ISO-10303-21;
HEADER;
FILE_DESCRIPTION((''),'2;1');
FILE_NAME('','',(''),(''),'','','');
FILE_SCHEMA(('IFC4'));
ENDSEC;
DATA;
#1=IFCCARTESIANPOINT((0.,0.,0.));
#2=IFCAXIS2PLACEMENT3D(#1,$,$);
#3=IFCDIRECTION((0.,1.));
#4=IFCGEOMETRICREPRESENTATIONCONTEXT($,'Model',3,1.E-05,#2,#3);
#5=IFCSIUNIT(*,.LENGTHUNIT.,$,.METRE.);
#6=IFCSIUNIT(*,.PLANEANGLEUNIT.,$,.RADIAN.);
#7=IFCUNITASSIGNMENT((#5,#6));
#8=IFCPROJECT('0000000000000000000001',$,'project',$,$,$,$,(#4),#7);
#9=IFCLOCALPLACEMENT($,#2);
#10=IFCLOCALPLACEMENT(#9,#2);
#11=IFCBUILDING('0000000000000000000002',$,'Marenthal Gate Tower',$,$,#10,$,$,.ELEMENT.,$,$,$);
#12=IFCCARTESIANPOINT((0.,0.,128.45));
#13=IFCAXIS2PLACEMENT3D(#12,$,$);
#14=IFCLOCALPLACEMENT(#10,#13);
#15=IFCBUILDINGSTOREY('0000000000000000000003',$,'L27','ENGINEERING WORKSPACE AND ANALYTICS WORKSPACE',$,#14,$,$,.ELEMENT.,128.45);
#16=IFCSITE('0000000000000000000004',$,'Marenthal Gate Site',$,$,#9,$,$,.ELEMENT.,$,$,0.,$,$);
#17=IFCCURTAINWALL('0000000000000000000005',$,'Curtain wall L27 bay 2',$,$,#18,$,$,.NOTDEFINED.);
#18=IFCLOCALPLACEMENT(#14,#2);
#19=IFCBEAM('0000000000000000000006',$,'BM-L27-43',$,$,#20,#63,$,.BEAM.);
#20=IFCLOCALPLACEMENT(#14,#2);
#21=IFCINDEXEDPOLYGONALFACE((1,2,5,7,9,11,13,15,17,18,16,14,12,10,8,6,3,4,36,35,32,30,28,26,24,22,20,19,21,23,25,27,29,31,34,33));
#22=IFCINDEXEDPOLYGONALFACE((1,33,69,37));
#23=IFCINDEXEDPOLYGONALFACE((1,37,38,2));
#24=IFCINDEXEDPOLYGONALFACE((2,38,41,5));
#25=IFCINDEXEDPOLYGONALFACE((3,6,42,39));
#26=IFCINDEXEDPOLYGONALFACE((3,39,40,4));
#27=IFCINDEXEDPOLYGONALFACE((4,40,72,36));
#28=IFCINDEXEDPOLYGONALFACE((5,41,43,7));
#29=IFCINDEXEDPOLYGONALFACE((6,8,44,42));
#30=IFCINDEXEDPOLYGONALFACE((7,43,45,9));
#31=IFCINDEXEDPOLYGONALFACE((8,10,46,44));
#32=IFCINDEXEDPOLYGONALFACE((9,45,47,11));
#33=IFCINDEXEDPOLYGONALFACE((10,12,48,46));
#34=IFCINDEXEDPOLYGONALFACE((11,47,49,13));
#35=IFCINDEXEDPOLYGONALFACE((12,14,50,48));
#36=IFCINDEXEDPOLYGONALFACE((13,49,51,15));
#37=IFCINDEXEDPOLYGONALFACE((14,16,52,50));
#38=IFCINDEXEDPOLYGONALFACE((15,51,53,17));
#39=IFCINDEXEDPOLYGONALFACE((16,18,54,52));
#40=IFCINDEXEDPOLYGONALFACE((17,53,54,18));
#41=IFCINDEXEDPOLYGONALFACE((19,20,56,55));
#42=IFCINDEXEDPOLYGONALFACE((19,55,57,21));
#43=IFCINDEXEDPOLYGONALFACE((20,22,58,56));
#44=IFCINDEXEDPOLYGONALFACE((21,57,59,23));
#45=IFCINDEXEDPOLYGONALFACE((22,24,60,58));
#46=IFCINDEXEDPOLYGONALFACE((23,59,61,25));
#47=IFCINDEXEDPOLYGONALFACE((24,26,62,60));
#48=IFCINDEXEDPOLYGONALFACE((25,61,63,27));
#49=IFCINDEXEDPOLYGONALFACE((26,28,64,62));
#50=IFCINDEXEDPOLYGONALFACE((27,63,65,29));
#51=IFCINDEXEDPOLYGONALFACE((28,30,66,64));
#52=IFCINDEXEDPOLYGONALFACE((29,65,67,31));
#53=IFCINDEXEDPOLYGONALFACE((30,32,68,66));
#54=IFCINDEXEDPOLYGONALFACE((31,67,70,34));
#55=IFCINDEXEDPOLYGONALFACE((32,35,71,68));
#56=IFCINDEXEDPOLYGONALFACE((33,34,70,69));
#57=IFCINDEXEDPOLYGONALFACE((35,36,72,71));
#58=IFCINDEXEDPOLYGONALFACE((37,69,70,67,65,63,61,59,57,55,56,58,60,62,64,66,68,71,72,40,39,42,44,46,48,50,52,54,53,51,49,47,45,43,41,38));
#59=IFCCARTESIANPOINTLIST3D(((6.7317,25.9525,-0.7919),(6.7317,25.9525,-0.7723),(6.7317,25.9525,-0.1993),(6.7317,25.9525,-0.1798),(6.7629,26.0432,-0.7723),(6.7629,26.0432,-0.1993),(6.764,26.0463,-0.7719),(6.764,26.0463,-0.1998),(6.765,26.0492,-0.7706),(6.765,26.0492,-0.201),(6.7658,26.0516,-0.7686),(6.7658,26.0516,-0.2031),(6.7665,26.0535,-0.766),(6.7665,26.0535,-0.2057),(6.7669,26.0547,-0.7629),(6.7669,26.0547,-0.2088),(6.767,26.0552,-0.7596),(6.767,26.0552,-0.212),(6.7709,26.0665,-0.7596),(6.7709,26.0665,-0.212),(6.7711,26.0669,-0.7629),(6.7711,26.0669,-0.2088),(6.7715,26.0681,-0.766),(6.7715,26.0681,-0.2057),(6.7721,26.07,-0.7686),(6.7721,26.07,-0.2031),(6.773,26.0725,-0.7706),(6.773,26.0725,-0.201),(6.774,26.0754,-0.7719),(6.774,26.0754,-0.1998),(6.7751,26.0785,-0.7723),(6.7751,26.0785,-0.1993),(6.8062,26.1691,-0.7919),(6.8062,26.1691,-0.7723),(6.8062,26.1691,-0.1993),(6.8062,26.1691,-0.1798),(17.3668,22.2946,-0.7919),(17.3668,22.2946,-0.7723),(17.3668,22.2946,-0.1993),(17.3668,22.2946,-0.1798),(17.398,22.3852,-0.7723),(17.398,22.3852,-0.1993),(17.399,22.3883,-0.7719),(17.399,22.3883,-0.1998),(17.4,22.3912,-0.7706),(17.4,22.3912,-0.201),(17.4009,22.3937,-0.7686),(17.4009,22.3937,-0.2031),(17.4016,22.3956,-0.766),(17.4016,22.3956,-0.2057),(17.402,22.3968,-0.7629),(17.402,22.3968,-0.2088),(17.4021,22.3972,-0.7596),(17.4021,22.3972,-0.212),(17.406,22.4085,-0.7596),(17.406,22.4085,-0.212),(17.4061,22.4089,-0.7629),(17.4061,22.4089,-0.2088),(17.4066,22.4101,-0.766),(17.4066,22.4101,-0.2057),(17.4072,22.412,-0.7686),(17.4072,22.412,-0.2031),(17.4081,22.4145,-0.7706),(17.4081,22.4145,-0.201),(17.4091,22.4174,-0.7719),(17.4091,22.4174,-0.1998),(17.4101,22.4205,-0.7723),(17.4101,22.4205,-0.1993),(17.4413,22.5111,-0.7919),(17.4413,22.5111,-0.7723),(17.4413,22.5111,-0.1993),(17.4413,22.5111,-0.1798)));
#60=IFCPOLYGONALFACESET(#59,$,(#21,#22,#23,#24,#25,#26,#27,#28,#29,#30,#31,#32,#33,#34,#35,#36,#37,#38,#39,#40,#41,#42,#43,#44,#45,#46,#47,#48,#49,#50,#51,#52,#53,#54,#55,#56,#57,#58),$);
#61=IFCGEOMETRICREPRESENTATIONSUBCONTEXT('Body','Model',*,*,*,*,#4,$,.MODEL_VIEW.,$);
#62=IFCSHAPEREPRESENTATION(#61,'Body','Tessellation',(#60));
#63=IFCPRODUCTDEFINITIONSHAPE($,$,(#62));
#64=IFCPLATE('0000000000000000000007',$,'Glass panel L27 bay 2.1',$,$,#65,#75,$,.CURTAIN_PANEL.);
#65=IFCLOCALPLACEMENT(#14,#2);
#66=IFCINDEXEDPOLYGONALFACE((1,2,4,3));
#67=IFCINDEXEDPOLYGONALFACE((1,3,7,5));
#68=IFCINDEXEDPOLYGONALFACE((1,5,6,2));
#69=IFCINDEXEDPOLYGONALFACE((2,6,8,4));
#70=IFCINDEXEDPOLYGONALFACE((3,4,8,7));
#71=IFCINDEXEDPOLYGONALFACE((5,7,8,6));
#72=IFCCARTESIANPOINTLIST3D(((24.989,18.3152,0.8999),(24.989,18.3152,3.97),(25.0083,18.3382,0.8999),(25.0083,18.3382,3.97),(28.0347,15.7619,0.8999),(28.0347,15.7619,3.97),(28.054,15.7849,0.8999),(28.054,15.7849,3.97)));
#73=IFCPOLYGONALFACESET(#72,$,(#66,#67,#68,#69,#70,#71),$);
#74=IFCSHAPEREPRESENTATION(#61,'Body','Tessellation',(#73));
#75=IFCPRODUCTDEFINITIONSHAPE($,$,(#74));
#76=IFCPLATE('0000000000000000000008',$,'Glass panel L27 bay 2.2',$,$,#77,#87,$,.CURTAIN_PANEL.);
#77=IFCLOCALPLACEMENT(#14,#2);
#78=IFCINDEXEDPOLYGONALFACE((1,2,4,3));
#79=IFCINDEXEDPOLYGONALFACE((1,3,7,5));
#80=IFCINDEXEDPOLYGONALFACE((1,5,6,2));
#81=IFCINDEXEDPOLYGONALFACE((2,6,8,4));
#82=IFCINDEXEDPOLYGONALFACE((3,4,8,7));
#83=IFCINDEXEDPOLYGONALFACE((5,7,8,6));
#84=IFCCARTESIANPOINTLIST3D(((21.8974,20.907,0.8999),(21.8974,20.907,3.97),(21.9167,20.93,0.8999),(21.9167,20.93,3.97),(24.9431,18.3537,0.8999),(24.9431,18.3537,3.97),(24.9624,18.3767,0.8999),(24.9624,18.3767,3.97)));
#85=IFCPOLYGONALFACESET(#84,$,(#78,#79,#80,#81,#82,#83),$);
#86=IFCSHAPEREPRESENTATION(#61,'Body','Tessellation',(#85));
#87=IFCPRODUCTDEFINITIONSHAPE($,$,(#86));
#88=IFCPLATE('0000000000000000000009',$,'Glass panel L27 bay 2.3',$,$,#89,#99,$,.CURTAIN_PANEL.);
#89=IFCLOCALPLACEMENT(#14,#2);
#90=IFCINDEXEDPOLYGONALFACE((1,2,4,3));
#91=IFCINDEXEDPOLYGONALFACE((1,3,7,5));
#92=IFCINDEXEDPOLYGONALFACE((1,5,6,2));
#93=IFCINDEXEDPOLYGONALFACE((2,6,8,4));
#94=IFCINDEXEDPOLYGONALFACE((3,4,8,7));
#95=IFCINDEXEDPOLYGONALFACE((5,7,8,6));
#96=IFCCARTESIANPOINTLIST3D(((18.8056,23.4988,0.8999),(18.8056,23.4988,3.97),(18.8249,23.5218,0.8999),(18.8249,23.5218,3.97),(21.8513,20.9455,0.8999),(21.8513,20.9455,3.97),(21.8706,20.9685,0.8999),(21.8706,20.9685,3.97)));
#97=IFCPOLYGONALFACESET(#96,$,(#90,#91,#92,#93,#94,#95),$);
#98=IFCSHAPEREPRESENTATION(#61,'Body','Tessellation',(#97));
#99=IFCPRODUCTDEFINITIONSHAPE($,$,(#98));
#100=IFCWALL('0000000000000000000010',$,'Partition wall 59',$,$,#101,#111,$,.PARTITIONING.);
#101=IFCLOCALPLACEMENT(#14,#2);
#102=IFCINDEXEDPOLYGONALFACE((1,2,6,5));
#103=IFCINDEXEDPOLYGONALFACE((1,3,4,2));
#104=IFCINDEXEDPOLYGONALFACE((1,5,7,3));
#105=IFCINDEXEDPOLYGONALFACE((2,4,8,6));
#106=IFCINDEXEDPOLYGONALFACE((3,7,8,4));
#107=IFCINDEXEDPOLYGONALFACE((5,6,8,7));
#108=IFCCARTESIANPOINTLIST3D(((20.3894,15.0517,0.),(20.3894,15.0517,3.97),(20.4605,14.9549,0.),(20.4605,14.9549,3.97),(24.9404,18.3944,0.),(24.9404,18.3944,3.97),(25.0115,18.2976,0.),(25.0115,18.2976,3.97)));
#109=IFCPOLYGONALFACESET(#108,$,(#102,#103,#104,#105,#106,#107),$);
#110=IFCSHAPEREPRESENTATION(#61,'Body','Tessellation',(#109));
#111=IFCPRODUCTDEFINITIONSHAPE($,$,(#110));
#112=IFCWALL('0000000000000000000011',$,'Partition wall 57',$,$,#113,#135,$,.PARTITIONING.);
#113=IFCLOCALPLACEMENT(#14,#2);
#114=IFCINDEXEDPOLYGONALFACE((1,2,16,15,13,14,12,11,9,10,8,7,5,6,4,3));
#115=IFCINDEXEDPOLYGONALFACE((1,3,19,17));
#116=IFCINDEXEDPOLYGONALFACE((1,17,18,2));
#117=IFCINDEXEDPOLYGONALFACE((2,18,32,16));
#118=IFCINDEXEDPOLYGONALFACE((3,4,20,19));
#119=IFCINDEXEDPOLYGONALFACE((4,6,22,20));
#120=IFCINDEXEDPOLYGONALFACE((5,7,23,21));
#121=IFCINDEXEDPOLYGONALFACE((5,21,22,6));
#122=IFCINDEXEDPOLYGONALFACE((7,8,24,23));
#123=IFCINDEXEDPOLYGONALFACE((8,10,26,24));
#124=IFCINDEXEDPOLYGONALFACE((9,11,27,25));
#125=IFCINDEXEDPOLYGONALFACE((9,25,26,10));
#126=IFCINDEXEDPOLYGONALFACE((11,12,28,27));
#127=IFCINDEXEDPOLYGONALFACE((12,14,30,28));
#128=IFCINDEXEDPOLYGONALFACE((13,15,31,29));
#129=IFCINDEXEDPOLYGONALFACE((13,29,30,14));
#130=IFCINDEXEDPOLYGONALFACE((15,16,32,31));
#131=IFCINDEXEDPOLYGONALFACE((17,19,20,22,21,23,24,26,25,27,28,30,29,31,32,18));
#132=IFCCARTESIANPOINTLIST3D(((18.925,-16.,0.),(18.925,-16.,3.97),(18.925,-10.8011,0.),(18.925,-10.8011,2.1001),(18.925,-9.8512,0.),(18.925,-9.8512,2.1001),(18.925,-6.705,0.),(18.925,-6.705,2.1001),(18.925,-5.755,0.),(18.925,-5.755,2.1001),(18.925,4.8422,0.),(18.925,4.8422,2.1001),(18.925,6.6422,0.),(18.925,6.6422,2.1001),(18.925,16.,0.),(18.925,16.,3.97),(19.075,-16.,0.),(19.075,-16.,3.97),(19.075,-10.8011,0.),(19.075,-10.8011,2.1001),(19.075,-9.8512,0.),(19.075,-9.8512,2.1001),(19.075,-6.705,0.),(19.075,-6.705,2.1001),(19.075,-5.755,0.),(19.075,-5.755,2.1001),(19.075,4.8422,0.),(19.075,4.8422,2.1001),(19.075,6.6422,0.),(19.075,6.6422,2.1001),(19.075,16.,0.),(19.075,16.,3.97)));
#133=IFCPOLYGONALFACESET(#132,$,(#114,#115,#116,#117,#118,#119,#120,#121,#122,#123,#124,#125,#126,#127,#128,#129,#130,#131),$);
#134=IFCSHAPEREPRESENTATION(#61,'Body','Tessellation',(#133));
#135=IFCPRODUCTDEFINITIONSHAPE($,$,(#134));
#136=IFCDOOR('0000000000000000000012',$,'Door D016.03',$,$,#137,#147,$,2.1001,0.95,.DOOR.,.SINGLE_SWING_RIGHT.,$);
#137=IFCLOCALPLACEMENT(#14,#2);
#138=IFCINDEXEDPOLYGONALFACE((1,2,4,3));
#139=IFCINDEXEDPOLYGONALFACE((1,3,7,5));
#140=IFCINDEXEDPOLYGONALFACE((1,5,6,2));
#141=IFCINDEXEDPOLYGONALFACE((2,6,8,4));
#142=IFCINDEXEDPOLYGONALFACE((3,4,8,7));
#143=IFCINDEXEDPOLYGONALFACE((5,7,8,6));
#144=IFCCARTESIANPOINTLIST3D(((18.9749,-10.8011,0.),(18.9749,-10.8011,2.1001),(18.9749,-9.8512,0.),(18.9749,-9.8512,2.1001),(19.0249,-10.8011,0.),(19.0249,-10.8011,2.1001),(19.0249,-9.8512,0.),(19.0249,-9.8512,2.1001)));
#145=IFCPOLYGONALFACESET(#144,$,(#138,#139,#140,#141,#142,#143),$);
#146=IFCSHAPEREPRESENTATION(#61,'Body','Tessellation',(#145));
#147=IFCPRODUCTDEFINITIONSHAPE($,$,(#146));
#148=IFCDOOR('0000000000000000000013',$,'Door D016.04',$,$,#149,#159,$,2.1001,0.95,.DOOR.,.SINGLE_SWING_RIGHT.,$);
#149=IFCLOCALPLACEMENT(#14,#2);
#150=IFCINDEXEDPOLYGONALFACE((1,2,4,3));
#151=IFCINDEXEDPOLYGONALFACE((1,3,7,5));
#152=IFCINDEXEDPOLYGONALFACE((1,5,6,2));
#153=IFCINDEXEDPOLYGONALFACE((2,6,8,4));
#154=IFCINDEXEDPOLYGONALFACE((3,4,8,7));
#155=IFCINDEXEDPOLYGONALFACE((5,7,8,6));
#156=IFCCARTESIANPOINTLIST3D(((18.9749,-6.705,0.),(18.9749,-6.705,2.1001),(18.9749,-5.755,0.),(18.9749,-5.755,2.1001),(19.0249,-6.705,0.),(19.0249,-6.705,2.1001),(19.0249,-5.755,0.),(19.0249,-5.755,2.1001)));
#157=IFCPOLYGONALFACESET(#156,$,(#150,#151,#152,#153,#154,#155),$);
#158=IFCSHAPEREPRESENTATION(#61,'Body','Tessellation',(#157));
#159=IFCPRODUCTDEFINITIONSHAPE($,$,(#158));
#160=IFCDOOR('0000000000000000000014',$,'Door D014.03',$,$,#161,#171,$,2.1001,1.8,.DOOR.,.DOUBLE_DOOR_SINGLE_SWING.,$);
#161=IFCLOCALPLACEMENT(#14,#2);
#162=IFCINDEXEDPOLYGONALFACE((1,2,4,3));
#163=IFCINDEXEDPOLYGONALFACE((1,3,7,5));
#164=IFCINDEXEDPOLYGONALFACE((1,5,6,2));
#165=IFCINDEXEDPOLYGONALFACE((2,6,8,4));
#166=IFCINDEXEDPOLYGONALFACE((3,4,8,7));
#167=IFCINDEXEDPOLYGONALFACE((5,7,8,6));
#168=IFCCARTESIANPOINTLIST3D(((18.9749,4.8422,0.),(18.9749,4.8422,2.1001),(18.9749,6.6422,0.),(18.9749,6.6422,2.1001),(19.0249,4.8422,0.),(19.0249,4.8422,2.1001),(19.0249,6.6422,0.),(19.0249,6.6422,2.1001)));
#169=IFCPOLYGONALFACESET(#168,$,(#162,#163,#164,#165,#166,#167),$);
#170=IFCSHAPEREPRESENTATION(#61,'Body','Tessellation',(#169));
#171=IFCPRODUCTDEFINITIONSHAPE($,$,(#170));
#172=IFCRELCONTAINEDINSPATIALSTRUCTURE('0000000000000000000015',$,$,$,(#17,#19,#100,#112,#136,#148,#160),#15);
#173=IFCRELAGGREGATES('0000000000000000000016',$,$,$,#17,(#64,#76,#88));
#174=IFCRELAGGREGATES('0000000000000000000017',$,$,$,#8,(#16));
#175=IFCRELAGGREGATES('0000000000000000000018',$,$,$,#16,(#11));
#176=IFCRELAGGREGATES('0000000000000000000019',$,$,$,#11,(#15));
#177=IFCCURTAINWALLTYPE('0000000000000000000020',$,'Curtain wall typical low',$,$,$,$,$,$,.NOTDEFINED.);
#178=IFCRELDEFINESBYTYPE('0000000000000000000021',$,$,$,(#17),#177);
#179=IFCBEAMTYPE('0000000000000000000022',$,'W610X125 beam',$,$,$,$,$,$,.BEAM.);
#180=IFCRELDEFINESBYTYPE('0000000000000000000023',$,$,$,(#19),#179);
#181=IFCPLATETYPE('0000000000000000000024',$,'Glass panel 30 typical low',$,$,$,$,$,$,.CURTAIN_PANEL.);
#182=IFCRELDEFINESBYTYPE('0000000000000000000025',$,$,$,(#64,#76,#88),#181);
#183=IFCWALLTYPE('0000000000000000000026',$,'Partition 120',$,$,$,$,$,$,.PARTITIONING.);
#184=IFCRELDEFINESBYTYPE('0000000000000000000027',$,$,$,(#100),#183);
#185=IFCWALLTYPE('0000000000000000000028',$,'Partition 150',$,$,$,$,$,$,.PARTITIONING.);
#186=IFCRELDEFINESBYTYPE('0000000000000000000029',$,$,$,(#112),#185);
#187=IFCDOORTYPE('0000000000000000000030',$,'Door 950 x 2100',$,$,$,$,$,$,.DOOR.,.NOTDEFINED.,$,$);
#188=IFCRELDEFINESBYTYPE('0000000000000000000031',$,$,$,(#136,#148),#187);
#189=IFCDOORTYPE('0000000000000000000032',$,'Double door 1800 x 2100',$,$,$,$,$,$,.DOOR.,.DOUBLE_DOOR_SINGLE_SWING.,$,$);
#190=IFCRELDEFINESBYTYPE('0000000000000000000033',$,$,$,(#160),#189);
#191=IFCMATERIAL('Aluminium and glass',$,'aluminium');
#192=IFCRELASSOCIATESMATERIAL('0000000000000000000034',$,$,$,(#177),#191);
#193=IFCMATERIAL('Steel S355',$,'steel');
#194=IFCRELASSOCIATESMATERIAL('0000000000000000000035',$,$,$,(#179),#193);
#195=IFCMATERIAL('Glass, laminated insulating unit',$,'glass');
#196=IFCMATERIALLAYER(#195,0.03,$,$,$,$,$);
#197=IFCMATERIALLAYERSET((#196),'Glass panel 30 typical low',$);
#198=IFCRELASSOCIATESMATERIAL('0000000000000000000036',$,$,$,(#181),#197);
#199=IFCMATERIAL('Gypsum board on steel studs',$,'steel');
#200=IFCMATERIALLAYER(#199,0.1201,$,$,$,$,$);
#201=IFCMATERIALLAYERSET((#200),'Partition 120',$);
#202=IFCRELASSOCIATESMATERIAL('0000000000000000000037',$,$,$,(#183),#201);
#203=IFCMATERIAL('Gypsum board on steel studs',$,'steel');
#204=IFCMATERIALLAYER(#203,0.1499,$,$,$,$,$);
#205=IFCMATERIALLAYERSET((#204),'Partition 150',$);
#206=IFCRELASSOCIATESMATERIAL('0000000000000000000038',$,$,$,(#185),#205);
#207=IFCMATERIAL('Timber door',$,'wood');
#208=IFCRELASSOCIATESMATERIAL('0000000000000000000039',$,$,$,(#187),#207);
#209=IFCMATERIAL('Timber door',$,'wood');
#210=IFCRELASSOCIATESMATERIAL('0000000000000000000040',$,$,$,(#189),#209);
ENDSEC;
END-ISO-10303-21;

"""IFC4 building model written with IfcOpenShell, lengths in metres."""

from ifc_helpers import new_model, si_unit, direction, frame, frame_2d, origin, origin_2d, place, context, subcontext, project, spatial, rectangle, i_section, extrude, material, layer, layer_set, material_profile, profile_set, type_object, element, fill, aggregate, save


model = new_model("IFC4")

# Units and contexts
model_context = context("Model", 3, precision=1e-05, world=origin(), true_north=direction((0.0, 1.0)))
body_context = subcontext(model_context, "Body", "Model", "MODEL_VIEW")
ifc_project = project(units=[si_unit("LENGTHUNIT", "METRE"), si_unit("PLANEANGLEUNIT", "RADIAN")], contexts=[model_context])

# Site, building, storey
site_placement = place(None, origin())
site = spatial("IfcSite", under=ifc_project, at=site_placement, Name="Marenthal Gate Site", CompositionType="ELEMENT", RefElevation=0.0)
building_placement = place(site_placement, origin())
building = spatial("IfcBuilding", under=site, at=building_placement, Name="Marenthal Gate Tower", CompositionType="ELEMENT")
storey_placement = place(building_placement, frame((0.0, 0.0, 128.45)))
storey = spatial("IfcBuildingStorey", under=building, at=storey_placement, Name="L27", Description="ENGINEERING WORKSPACE AND ANALYTICS WORKSPACE", CompositionType="ELEMENT", Elevation=128.45)

# Curtain wall
ifc_material_1 = material(Name="Aluminium and glass", Category="aluminium")
curtain_wall_type = type_object("IfcCurtainWallType", Name="Curtain wall typical low", PredefinedType="NOTDEFINED", material=ifc_material_1)
curtain_wall_placement = place(storey_placement, origin())
curtain_wall = element("IfcCurtainWall", 1, at=curtain_wall_placement, inside=storey, type_object=curtain_wall_type, Name="Curtain wall L27 bay 2", PredefinedType="NOTDEFINED")

# Beam
ifc_material_2 = material(Name="Steel S355", Category="steel")
ifc_material_profile_1 = material_profile(ifc_material_2, i_section(OverallWidth=0.229, OverallDepth=0.6121, WebThickness=0.012, FlangeThickness=0.0195, FilletRadius=0.0127, at=origin_2d()), Name="W610X125")
ifc_profile_set_1 = profile_set([ifc_material_profile_1], Name="Steel S355")
beam_type_1 = type_object("IfcBeamType", Name="W610X125 beam", PredefinedType="BEAM", material=ifc_profile_set_1)
beam_1_placement = place(storey_placement, frame((17.4041, 22.4028, -0.4858), z_axis=(-0.945627, 0.325253, 0.0), x_axis=(-0.325253, -0.945627, 0.0)))
element("IfcBeam", 2, at=beam_1_placement, inside=storey, type_object=beam_type_1, Name="BM-L27-43", PredefinedType="BEAM", context=body_context, shape_type="SweptSolid", body=[
    extrude(i_section(OverallWidth=0.229, OverallDepth=0.6121, WebThickness=0.012, FlangeThickness=0.0195, FilletRadius=0.0127, at=origin_2d()), origin(), (0.0, 0.0, 1.0), 11.2466),
])

# Plates
ifc_material_3 = material(Name="Glass, laminated insulating unit", Category="glass")
ifc_layer_1 = layer(ifc_material_3, 0.03)
ifc_layer_set_1 = layer_set([ifc_layer_1], Name="Glass panel 30 typical low")
plate_type = type_object("IfcPlateType", Name="Glass panel 30 typical low", PredefinedType="CURTAIN_PANEL", material=ifc_layer_set_1)
plate_1_placement = place(storey_placement, frame((26.5215, 17.05, 0.8999), z_axis=(0.0, 0.0, 1.0), x_axis=(-0.766338, 0.642438, 0.0)))
plate_1 = element("IfcPlate", 3, at=plate_1_placement, type_object=plate_type, Name="Glass panel L27 bay 2.1", PredefinedType="CURTAIN_PANEL", context=body_context, shape_type="SweptSolid", body=[
    extrude(rectangle(XDim=3.9744, YDim=0.03, at=origin_2d()), origin(), (0.0, 0.0, 1.0), 3.0701),
])
plate_2_placement = place(storey_placement, frame((23.4299, 19.6418, 0.8999), z_axis=(0.0, 0.0, 1.0), x_axis=(-0.766338, 0.642438, 0.0)))
plate_2 = element("IfcPlate", 4, at=plate_2_placement, type_object=plate_type, Name="Glass panel L27 bay 2.2", PredefinedType="CURTAIN_PANEL", context=body_context, shape_type="SweptSolid", body=[
    extrude(rectangle(XDim=3.9744, YDim=0.03, at=origin_2d()), origin(), (0.0, 0.0, 1.0), 3.0701),
])
plate_3_placement = place(storey_placement, frame((20.3381, 22.2336, 0.8999), z_axis=(0.0, 0.0, 1.0), x_axis=(-0.766338, 0.642438, 0.0)))
plate_3 = element("IfcPlate", 5, at=plate_3_placement, type_object=plate_type, Name="Glass panel L27 bay 2.3", PredefinedType="CURTAIN_PANEL", context=body_context, shape_type="SweptSolid", body=[
    extrude(rectangle(XDim=3.9744, YDim=0.03, at=origin_2d()), origin(), (0.0, 0.0, 1.0), 3.0701),
])
aggregate(curtain_wall, [plate_1, plate_2, plate_3])

# Wall
ifc_material_4 = material(Name="Gypsum board on steel studs", Category="steel")
ifc_layer_2 = layer(ifc_material_4, 0.1201)
ifc_layer_set_2 = layer_set([ifc_layer_2], Name="Partition 120")
wall_type_1 = type_object("IfcWallType", Name="Partition 120", PredefinedType="PARTITIONING", material=ifc_layer_set_2)
wall_1_placement = place(storey_placement, frame((24.9758, 18.3459, 0.0), z_axis=(0.0, 0.0, 1.0), x_axis=(-0.805953, -0.59198, 0.0)))
element("IfcWall", 6, at=wall_1_placement, inside=storey, type_object=wall_type_1, Name="Partition wall 59", PredefinedType="PARTITIONING", context=body_context, shape_type="SweptSolid", body=[
    extrude(rectangle(XDim=5.6467, YDim=0.1201, at=frame_2d((2.8232, 0.0))), origin(), (0.0, 0.0, 1.0), 3.97),
])

# Wall, openings, doors
ifc_material_5 = material(Name="Gypsum board on steel studs", Category="steel")
ifc_layer_3 = layer(ifc_material_5, 0.1499)
ifc_layer_set_3 = layer_set([ifc_layer_3], Name="Partition 150")
wall_type_2 = type_object("IfcWallType", Name="Partition 150", PredefinedType="PARTITIONING", material=ifc_layer_set_3)
wall_2_placement = place(storey_placement, frame((19.0, 16.0, 0.0), z_axis=(0.0, 0.0, 1.0), x_axis=(0.0, -1.0, 0.0)))
wall_2 = element("IfcWall", 7, at=wall_2_placement, inside=storey, type_object=wall_type_2, Name="Partition wall 57", PredefinedType="PARTITIONING", context=body_context, shape_type="SweptSolid", body=[
    extrude(rectangle(XDim=32.0, YDim=0.1499, at=frame_2d((16.0, 0.0))), origin(), (0.0, 0.0, 1.0), 3.97),
])
opening_1_placement = place(wall_2_placement, frame((25.8511, 0.0, 0.0)))
opening_1 = element("IfcOpeningElement", 8, at=opening_1_placement, cuts=wall_2, PredefinedType="OPENING", context=body_context, shape_type="SweptSolid", body=[
    extrude(rectangle(XDim=0.95, YDim=2.1001, at=frame_2d((0.4751, 1.05))), frame((0.0, 0.085, 0.0), z_axis=(0.0, -1.0, 0.0), x_axis=(1.0, 0.0, 0.0)), (0.0, 0.0, 1.0), 0.1699),
])
opening_2_placement = place(wall_2_placement, frame((21.7549, 0.0, 0.0)))
opening_2 = element("IfcOpeningElement", 9, at=opening_2_placement, cuts=wall_2, PredefinedType="OPENING", context=body_context, shape_type="SweptSolid", body=[
    extrude(rectangle(XDim=0.95, YDim=2.1001, at=frame_2d((0.4751, 1.05))), frame((0.0, 0.085, 0.0), z_axis=(0.0, -1.0, 0.0), x_axis=(1.0, 0.0, 0.0)), (0.0, 0.0, 1.0), 0.1699),
])
opening_3_placement = place(wall_2_placement, frame((9.3579, 0.0, 0.0)))
opening_3 = element("IfcOpeningElement", 10, at=opening_3_placement, cuts=wall_2, PredefinedType="OPENING", context=body_context, shape_type="SweptSolid", body=[
    extrude(rectangle(XDim=1.8, YDim=2.1001, at=frame_2d((0.8999, 1.05))), frame((0.0, 0.085, 0.0), z_axis=(0.0, -1.0, 0.0), x_axis=(1.0, 0.0, 0.0)), (0.0, 0.0, 1.0), 0.1699),
])
ifc_material_6 = material(Name="Timber door", Category="wood")
door_type_1 = type_object("IfcDoorType", Name="Door 950 x 2100", OperationType="NOTDEFINED", PredefinedType="DOOR", material=ifc_material_6)
door_1_placement = place(opening_1_placement, origin())
door_1 = element("IfcDoor", 11, at=door_1_placement, inside=storey, type_object=door_type_1, Name="Door D016.03", OperationType="SINGLE_SWING_RIGHT", OverallHeight=2.1001, OverallWidth=0.95, PredefinedType="DOOR", context=body_context, shape_type="SweptSolid", body=[
    extrude(rectangle(XDim=0.95, YDim=2.1001, at=frame_2d((0.4751, 1.05))), frame((0.0, 0.0249, 0.0), z_axis=(0.0, -1.0, 0.0), x_axis=(1.0, 0.0, 0.0)), (0.0, 0.0, 1.0), 0.05),
])
fill(opening_1, door_1)
door_2_placement = place(opening_2_placement, origin())
door_2 = element("IfcDoor", 12, at=door_2_placement, inside=storey, type_object=door_type_1, Name="Door D016.04", OperationType="SINGLE_SWING_RIGHT", OverallHeight=2.1001, OverallWidth=0.95, PredefinedType="DOOR", context=body_context, shape_type="SweptSolid", body=[
    extrude(rectangle(XDim=0.95, YDim=2.1001, at=frame_2d((0.4751, 1.05))), frame((0.0, 0.0249, 0.0), z_axis=(0.0, -1.0, 0.0), x_axis=(1.0, 0.0, 0.0)), (0.0, 0.0, 1.0), 0.05),
])
fill(opening_2, door_2)
ifc_material_7 = material(Name="Timber door", Category="wood")
door_type_2 = type_object("IfcDoorType", Name="Double door 1800 x 2100", OperationType="DOUBLE_DOOR_SINGLE_SWING", PredefinedType="DOOR", material=ifc_material_7)
door_3_placement = place(opening_3_placement, origin())
door_3 = element("IfcDoor", 13, at=door_3_placement, inside=storey, type_object=door_type_2, Name="Door D014.03", OperationType="DOUBLE_DOOR_SINGLE_SWING", OverallHeight=2.1001, OverallWidth=1.8, PredefinedType="DOOR", context=body_context, shape_type="SweptSolid", body=[
    extrude(rectangle(XDim=1.8, YDim=2.1001, at=frame_2d((0.8999, 1.05))), frame((0.0, 0.0249, 0.0), z_axis=(0.0, -1.0, 0.0), x_axis=(1.0, 0.0, 0.0)), (0.0, 0.0, 1.0), 0.05),
])
fill(opening_3, door_3)

save(model, "model.ifc")
